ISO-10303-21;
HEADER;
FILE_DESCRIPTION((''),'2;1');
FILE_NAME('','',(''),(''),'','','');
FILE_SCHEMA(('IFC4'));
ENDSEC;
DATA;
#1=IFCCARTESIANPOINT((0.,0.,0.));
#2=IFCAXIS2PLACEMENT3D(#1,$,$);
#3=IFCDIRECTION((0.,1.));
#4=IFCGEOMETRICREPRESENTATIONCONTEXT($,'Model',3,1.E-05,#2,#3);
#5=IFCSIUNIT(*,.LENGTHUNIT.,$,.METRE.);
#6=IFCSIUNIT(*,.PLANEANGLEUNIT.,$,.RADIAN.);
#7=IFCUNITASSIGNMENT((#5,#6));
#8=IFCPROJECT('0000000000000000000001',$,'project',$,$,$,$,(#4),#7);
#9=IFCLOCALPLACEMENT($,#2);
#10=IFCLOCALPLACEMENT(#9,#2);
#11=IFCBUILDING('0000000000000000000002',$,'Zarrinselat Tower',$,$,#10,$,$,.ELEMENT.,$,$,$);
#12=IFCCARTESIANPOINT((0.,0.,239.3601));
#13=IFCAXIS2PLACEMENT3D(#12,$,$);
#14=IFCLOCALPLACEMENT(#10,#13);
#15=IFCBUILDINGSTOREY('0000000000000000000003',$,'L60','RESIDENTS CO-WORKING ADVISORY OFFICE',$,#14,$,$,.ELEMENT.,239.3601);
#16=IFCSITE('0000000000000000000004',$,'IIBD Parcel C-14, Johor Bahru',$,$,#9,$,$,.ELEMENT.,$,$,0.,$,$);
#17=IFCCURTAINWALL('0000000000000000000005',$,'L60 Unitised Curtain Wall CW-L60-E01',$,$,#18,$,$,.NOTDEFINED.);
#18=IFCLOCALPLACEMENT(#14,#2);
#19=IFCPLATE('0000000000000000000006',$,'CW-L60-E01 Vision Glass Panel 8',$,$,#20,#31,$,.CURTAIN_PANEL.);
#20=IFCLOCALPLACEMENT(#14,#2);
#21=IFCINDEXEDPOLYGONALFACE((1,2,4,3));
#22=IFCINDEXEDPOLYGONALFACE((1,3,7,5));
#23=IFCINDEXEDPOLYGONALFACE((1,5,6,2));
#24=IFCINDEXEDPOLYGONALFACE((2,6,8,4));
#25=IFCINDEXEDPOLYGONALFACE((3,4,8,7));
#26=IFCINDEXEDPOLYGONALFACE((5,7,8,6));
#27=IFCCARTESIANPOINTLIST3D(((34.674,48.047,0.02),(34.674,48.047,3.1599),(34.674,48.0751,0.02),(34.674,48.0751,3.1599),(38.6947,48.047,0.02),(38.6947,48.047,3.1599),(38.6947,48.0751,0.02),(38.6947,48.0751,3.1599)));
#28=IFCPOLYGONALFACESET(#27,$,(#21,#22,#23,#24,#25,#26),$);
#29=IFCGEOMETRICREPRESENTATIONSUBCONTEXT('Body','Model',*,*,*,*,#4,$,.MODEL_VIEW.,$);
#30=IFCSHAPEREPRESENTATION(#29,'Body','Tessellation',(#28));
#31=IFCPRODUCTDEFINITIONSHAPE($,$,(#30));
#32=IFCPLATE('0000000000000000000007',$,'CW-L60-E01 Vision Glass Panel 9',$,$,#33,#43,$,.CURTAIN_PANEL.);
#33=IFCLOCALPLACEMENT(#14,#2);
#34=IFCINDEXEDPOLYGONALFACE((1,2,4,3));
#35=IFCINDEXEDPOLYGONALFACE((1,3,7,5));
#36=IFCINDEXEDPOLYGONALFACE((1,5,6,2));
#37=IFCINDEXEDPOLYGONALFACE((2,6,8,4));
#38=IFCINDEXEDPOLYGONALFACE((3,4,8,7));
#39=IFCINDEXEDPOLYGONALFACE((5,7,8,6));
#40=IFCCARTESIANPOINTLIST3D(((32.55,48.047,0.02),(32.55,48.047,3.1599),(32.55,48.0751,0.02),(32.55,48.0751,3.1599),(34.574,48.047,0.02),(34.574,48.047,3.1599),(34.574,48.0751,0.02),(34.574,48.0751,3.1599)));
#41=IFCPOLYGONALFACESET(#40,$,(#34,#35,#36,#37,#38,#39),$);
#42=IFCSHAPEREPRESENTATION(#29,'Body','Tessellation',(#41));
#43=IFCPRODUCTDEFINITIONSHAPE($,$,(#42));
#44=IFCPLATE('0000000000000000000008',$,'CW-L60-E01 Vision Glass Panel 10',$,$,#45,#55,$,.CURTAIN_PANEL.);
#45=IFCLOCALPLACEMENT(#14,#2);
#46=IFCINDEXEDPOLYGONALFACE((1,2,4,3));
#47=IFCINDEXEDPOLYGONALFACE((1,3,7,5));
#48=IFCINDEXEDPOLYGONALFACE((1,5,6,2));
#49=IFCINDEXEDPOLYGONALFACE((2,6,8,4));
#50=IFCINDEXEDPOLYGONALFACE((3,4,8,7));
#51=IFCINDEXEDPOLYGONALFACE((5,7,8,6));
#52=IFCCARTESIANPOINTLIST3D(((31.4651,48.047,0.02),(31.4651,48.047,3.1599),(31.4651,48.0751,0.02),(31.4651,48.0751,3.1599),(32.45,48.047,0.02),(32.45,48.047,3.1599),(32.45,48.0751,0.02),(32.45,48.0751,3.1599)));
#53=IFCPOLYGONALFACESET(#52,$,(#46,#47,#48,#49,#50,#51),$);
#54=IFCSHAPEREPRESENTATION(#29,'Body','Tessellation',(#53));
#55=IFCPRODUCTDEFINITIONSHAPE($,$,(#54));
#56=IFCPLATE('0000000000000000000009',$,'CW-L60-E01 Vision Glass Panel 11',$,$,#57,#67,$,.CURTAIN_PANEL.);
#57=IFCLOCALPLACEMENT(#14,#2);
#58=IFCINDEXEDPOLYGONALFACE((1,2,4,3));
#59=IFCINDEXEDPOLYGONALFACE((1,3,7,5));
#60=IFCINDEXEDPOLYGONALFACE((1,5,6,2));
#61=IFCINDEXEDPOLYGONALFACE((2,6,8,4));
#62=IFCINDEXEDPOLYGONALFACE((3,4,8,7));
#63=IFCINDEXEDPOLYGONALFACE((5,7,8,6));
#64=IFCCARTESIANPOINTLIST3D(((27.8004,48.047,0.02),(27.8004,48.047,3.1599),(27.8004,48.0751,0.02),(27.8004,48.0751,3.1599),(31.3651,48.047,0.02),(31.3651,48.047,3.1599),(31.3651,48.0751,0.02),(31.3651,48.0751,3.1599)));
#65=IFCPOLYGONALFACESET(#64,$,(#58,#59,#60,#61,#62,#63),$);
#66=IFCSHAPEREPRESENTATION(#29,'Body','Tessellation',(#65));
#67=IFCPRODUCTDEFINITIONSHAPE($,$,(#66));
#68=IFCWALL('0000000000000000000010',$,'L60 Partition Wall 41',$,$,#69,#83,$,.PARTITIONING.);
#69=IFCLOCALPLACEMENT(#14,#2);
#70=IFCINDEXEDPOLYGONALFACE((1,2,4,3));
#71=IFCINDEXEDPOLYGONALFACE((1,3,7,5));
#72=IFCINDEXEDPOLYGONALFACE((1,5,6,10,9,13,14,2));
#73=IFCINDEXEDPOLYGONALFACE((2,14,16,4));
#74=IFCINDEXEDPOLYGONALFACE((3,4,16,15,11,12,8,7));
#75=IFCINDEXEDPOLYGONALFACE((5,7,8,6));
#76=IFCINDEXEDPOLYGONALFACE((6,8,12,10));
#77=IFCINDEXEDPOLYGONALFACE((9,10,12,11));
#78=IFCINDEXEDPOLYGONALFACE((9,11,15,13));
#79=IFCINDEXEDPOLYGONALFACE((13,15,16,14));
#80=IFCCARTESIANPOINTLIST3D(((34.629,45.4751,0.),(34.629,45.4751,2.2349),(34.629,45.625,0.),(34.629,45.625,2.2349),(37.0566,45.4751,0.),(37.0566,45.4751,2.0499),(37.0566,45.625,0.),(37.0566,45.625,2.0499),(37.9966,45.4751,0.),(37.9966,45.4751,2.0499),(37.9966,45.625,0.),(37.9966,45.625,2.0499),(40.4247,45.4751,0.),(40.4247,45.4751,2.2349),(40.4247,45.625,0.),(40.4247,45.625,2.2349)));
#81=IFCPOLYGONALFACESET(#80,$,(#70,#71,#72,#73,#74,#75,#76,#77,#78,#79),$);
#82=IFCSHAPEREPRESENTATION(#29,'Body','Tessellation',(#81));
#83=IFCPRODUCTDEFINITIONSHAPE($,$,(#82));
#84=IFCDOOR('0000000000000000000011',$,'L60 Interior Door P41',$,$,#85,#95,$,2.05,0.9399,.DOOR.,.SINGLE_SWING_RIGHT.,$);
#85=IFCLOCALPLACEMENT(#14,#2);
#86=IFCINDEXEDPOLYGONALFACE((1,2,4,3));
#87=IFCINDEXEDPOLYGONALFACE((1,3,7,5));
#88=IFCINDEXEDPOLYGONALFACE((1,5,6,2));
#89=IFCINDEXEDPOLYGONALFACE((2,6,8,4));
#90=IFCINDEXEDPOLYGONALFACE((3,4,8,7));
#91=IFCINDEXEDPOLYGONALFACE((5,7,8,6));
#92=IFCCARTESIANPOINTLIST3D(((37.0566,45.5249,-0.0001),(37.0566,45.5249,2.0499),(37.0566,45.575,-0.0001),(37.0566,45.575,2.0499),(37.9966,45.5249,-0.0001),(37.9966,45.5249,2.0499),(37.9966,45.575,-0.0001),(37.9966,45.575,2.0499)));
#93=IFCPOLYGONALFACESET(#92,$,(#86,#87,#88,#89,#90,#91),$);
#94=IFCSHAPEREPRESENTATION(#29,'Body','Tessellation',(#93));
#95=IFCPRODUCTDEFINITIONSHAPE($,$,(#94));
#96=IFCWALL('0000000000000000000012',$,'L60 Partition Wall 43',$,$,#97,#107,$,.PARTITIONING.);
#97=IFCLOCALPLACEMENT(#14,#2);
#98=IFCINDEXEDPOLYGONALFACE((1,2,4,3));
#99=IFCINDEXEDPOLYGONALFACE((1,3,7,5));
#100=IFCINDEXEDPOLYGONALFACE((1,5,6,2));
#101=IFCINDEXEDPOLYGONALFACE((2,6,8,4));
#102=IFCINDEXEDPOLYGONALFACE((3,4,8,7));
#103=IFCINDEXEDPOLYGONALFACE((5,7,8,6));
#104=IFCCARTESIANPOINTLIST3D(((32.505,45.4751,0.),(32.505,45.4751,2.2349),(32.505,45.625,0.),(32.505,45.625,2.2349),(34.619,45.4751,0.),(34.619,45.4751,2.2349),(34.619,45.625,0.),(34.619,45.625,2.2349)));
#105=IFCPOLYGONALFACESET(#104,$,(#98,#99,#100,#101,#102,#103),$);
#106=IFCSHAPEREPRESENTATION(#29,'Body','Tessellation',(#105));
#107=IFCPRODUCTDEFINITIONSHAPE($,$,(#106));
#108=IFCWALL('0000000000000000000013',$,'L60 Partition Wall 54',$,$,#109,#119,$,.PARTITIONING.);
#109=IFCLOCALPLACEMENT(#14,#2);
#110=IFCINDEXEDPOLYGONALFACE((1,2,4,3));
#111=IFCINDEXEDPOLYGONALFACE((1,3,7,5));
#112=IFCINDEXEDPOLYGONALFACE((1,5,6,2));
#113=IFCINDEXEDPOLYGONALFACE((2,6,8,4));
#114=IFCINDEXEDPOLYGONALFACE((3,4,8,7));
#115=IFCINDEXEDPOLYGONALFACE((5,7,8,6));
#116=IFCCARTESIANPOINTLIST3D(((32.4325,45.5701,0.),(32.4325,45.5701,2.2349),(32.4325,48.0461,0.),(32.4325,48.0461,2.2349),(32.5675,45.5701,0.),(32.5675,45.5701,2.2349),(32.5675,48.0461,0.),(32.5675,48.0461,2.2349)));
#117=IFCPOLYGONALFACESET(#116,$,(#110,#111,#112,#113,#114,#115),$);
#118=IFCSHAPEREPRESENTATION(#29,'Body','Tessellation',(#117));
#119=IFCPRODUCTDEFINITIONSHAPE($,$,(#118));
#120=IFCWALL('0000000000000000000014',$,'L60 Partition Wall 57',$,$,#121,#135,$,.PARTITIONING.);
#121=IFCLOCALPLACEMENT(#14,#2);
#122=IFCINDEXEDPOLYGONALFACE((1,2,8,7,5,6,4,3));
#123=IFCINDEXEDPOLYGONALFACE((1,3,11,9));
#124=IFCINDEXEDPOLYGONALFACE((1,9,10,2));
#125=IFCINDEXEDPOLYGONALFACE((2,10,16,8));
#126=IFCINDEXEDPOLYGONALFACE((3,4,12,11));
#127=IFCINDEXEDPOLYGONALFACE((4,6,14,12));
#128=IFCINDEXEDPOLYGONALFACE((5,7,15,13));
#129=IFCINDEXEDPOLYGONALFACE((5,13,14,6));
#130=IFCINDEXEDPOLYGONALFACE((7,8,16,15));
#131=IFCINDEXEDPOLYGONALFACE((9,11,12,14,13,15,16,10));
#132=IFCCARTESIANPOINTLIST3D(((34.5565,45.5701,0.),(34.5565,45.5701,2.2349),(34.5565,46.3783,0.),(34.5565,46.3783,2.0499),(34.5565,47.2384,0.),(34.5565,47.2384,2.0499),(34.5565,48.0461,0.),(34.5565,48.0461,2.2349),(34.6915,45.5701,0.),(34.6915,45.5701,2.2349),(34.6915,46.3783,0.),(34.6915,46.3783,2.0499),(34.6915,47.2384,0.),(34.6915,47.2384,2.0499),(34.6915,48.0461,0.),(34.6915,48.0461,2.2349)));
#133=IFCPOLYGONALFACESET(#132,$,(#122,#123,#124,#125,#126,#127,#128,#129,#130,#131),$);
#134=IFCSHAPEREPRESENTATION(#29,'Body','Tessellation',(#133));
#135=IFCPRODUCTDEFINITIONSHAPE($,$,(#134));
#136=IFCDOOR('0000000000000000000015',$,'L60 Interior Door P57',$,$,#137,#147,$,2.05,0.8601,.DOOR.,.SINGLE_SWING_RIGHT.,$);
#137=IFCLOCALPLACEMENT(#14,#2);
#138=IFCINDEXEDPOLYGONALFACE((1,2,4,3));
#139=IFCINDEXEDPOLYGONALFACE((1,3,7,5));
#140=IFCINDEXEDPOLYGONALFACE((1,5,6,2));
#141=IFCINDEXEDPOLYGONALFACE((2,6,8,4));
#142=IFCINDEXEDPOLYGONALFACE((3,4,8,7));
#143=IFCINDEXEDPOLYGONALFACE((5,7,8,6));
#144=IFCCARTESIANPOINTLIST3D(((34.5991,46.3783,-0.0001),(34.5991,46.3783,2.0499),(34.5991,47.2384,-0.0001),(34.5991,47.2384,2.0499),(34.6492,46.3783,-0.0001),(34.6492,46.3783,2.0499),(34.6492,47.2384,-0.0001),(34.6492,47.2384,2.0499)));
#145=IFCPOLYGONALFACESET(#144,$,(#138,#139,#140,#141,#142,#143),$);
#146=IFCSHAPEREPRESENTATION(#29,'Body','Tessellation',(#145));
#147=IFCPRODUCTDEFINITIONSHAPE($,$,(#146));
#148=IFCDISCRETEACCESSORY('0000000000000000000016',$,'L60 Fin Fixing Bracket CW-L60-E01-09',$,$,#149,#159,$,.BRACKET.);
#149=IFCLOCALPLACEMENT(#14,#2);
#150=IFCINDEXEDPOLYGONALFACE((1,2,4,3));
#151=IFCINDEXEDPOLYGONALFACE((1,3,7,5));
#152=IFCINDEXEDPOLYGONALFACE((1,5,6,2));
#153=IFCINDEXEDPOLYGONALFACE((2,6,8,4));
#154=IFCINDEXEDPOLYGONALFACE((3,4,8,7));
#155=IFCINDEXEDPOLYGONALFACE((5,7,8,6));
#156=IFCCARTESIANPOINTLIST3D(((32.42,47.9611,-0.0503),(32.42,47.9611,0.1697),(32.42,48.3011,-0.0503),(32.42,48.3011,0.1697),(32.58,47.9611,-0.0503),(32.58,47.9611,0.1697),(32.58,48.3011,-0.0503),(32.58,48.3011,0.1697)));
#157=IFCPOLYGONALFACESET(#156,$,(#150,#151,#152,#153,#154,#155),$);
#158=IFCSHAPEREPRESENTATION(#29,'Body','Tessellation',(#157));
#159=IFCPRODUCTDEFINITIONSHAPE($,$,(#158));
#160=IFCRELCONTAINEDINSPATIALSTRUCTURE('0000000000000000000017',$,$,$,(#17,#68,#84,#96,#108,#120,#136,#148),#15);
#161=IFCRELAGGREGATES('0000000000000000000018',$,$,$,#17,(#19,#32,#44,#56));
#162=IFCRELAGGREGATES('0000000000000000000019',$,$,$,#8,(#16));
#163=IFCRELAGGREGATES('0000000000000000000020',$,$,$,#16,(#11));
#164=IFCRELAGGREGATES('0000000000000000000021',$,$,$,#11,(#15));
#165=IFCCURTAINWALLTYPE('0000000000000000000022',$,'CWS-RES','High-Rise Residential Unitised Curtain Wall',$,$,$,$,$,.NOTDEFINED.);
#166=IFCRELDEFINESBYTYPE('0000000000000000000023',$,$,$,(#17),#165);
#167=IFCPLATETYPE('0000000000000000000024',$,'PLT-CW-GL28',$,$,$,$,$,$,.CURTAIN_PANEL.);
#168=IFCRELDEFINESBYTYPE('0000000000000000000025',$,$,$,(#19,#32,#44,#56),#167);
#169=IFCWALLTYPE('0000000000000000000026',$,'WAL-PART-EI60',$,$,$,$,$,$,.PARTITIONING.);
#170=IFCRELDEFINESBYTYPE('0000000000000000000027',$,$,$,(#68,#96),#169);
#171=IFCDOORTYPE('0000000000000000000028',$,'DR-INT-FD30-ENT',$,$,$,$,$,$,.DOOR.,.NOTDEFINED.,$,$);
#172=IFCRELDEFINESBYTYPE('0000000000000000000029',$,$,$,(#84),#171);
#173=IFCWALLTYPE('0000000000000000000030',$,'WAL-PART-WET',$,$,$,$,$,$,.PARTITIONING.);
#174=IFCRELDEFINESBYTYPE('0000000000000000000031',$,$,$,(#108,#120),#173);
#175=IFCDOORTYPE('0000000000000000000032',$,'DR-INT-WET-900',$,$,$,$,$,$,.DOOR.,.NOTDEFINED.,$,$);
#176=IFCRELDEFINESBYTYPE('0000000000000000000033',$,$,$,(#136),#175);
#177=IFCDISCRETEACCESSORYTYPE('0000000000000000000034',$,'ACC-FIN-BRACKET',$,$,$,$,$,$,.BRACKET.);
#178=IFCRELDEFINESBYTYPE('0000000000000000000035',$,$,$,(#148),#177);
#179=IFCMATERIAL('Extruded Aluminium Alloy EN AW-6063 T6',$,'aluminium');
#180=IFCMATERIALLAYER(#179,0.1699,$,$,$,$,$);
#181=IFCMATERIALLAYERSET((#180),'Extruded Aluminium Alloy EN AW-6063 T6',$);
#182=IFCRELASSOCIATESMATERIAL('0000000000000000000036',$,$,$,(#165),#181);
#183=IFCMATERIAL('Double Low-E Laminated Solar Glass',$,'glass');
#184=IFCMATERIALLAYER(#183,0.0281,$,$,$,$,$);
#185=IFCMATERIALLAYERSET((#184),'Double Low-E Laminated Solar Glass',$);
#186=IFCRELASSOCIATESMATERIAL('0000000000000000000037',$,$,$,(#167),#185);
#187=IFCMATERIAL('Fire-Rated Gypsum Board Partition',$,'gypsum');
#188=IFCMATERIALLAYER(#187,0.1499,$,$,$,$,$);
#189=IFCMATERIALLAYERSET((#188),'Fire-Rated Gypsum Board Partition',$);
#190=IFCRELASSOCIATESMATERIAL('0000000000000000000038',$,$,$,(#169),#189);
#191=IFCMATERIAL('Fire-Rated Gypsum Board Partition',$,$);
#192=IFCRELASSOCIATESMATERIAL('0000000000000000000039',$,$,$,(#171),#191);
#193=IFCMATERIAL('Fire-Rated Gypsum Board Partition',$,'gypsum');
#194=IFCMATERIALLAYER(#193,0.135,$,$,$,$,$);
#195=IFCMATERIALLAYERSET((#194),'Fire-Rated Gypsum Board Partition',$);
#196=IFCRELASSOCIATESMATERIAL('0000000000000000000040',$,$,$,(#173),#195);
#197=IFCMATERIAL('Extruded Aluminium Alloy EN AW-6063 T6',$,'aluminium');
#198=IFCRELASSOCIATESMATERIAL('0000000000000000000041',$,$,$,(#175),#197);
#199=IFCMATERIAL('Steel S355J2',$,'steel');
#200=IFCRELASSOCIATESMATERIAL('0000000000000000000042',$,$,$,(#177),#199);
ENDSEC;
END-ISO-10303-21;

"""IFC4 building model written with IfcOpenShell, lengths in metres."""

from ifc_helpers import new_model, si_unit, direction, frame, frame_2d, origin, origin_2d, place, context, subcontext, project, spatial, rectangle, extrude, material, layer, layer_set, type_object, element, fill, aggregate, save


model = new_model("IFC4")

# Units and contexts
model_context = context("Model", 3, precision=1e-05, world=origin(), true_north=direction((0.0, 1.0)))
body_context = subcontext(model_context, "Body", "Model", "MODEL_VIEW")
ifc_project = project(units=[si_unit("LENGTHUNIT", "METRE"), si_unit("PLANEANGLEUNIT", "RADIAN")], contexts=[model_context])

# Site, building, storey
site_placement = place(None, origin())
site = spatial("IfcSite", under=ifc_project, at=site_placement, Name="IIBD Parcel C-14, Johor Bahru", CompositionType="ELEMENT", RefElevation=0.0)
building_placement = place(site_placement, origin())
building = spatial("IfcBuilding", under=site, at=building_placement, Name="Zarrinselat Tower", CompositionType="ELEMENT")
storey_placement = place(building_placement, frame((0.0, 0.0, 239.3601)))
storey = spatial("IfcBuildingStorey", under=building, at=storey_placement, Name="L60", Description="RESIDENTS CO-WORKING ADVISORY OFFICE", CompositionType="ELEMENT", Elevation=239.3601)

# Curtain wall, plates
ifc_material_1 = material(Name="Extruded Aluminium Alloy EN AW-6063 T6", Category="aluminium")
ifc_layer_1 = layer(ifc_material_1, 0.1699)
ifc_layer_set_1 = layer_set([ifc_layer_1], Name="Extruded Aluminium Alloy EN AW-6063 T6")
curtain_wall_type = type_object("IfcCurtainWallType", Name="CWS-RES", Description="High-Rise Residential Unitised Curtain Wall", PredefinedType="NOTDEFINED", material=ifc_layer_set_1)
curtain_wall_placement = place(storey_placement, origin())
curtain_wall = element("IfcCurtainWall", 1, at=curtain_wall_placement, inside=storey, type_object=curtain_wall_type, Name="L60 Unitised Curtain Wall CW-L60-E01", PredefinedType="NOTDEFINED")
ifc_material_2 = material(Name="Double Low-E Laminated Solar Glass", Category="glass")
ifc_layer_2 = layer(ifc_material_2, 0.0281)
ifc_layer_set_2 = layer_set([ifc_layer_2], Name="Double Low-E Laminated Solar Glass")
plate_type = type_object("IfcPlateType", Name="PLT-CW-GL28", PredefinedType="CURTAIN_PANEL", material=ifc_layer_set_2)
plate_1_placement = place(storey_placement, frame((36.6843, 48.061, 0.02), z_axis=(0.0, 0.0, 1.0), x_axis=(-1.0, 0.0, 0.0)))
plate_1 = element("IfcPlate", 2, at=plate_1_placement, type_object=plate_type, Name="CW-L60-E01 Vision Glass Panel 8", PredefinedType="CURTAIN_PANEL", context=body_context, shape_type="SweptSolid", body=[
    extrude(rectangle(XDim=4.0208, YDim=0.0281, at=origin_2d()), origin(), (0.0, 0.0, 1.0), 3.1399),
])
plate_2_placement = place(storey_placement, frame((33.562, 48.061, 0.02), z_axis=(0.0, 0.0, 1.0), x_axis=(-1.0, 0.0, 0.0)))
plate_2 = element("IfcPlate", 3, at=plate_2_placement, type_object=plate_type, Name="CW-L60-E01 Vision Glass Panel 9", PredefinedType="CURTAIN_PANEL", context=body_context, shape_type="SweptSolid", body=[
    extrude(rectangle(XDim=2.0239, YDim=0.0281, at=origin_2d()), origin(), (0.0, 0.0, 1.0), 3.1399),
])
plate_3_placement = place(storey_placement, frame((31.9575, 48.061, 0.02), z_axis=(0.0, 0.0, 1.0), x_axis=(-1.0, 0.0, 0.0)))
plate_3 = element("IfcPlate", 4, at=plate_3_placement, type_object=plate_type, Name="CW-L60-E01 Vision Glass Panel 10", PredefinedType="CURTAIN_PANEL", context=body_context, shape_type="SweptSolid", body=[
    extrude(rectangle(XDim=0.9849, YDim=0.0281, at=origin_2d()), origin(), (0.0, 0.0, 1.0), 3.1399),
])
plate_4_placement = place(storey_placement, frame((29.5828, 48.061, 0.02), z_axis=(0.0, 0.0, 1.0), x_axis=(-1.0, 0.0, 0.0)))
plate_4 = element("IfcPlate", 5, at=plate_4_placement, type_object=plate_type, Name="CW-L60-E01 Vision Glass Panel 11", PredefinedType="CURTAIN_PANEL", context=body_context, shape_type="SweptSolid", body=[
    extrude(rectangle(XDim=3.5647, YDim=0.0281, at=origin_2d()), origin(), (0.0, 0.0, 1.0), 3.1399),
])
aggregate(curtain_wall, [plate_1, plate_2, plate_3, plate_4])

# Wall, opening, door
ifc_material_3 = material(Name="Fire-Rated Gypsum Board Partition", Category="gypsum")
ifc_layer_3 = layer(ifc_material_3, 0.1499)
ifc_layer_set_3 = layer_set([ifc_layer_3], Name="Fire-Rated Gypsum Board Partition")
wall_type_1 = type_object("IfcWallType", Name="WAL-PART-EI60", PredefinedType="PARTITIONING", material=ifc_layer_set_3)
wall_1_placement = place(storey_placement, frame((34.6289, 45.55, 0.0), z_axis=(0.0, 0.0, 1.0), x_axis=(1.0, 0.0, 0.0)))
wall_1 = element("IfcWall", 6, at=wall_1_placement, inside=storey, type_object=wall_type_1, Name="L60 Partition Wall 41", PredefinedType="PARTITIONING", context=body_context, shape_type="SweptSolid", body=[
    extrude(rectangle(XDim=5.7957, YDim=0.1499, at=frame_2d((2.8979, 0.0))), origin(), (0.0, 0.0, 1.0), 2.2349),
])
opening_1_placement = place(wall_1_placement, frame((2.4277, 0.0, 0.0)))
opening_1 = element("IfcOpeningElement", 7, at=opening_1_placement, cuts=wall_1, PredefinedType="OPENING", context=body_context, shape_type="SweptSolid", body=[
    extrude(rectangle(XDim=0.9399, YDim=2.05, at=frame_2d((0.47, 1.0249))), frame((0.0, 0.085, 0.0), z_axis=(0.0, -1.0, 0.0), x_axis=(1.0, 0.0, 0.0)), (0.0, 0.0, 1.0), 0.1699),
])
ifc_material_4 = material(Name="Fire-Rated Gypsum Board Partition")
door_type_1 = type_object("IfcDoorType", Name="DR-INT-FD30-ENT", OperationType="NOTDEFINED", PredefinedType="DOOR", material=ifc_material_4)
door_1_placement = place(opening_1_placement, origin())
door_1 = element("IfcDoor", 8, at=door_1_placement, inside=storey, type_object=door_type_1, Name="L60 Interior Door P41", OperationType="SINGLE_SWING_RIGHT", OverallHeight=2.05, OverallWidth=0.9399, PredefinedType="DOOR", context=body_context, shape_type="SweptSolid", body=[
    extrude(rectangle(XDim=0.9399, YDim=2.05, at=frame_2d((0.47, 1.0249))), frame((0.0, 0.0249, 0.0), z_axis=(0.0, -1.0, 0.0), x_axis=(1.0, 0.0, 0.0)), (0.0, 0.0, 1.0), 0.05),
])
fill(opening_1, door_1)

# Walls
wall_2_placement = place(storey_placement, frame((32.5049, 45.55, 0.0), z_axis=(0.0, 0.0, 1.0), x_axis=(1.0, 0.0, 0.0)))
element("IfcWall", 9, at=wall_2_placement, inside=storey, type_object=wall_type_1, Name="L60 Partition Wall 43", PredefinedType="PARTITIONING", context=body_context, shape_type="SweptSolid", body=[
    extrude(rectangle(XDim=2.114, YDim=0.1499, at=frame_2d((1.0571, 0.0))), origin(), (0.0, 0.0, 1.0), 2.2349),
])
ifc_material_5 = material(Name="Fire-Rated Gypsum Board Partition", Category="gypsum")
ifc_layer_4 = layer(ifc_material_5, 0.135)
ifc_layer_set_4 = layer_set([ifc_layer_4], Name="Fire-Rated Gypsum Board Partition")
wall_type_2 = type_object("IfcWallType", Name="WAL-PART-WET", PredefinedType="PARTITIONING", material=ifc_layer_set_4)
wall_3_placement = place(storey_placement, frame((32.5, 45.5701, 0.0), z_axis=(0.0, 0.0, 1.0), x_axis=(0.0, 1.0, 0.0)))
element("IfcWall", 10, at=wall_3_placement, inside=storey, type_object=wall_type_2, Name="L60 Partition Wall 54", PredefinedType="PARTITIONING", context=body_context, shape_type="SweptSolid", body=[
    extrude(rectangle(XDim=2.4761, YDim=0.135, at=frame_2d((1.238, 0.0))), origin(), (0.0, 0.0, 1.0), 2.2349),
])

# Wall, opening, door
wall_4_placement = place(storey_placement, frame((34.624, 45.5701, 0.0), z_axis=(0.0, 0.0, 1.0), x_axis=(0.0, 1.0, 0.0)))
wall_4 = element("IfcWall", 11, at=wall_4_placement, inside=storey, type_object=wall_type_2, Name="L60 Partition Wall 57", PredefinedType="PARTITIONING", context=body_context, shape_type="SweptSolid", body=[
    extrude(rectangle(XDim=2.4761, YDim=0.135, at=frame_2d((1.238, 0.0))), origin(), (0.0, 0.0, 1.0), 2.2349),
])
opening_2_placement = place(wall_4_placement, frame((0.8081, 0.0, 0.0)))
opening_2 = element("IfcOpeningElement", 12, at=opening_2_placement, cuts=wall_4, PredefinedType="OPENING", context=body_context, shape_type="SweptSolid", body=[
    extrude(rectangle(XDim=0.8601, YDim=2.05, at=frame_2d((0.4302, 1.0249))), frame((0.0, 0.0774, 0.0), z_axis=(0.0, -1.0, 0.0), x_axis=(1.0, 0.0, 0.0)), (0.0, 0.0, 1.0), 0.155),
])
ifc_material_6 = material(Name="Extruded Aluminium Alloy EN AW-6063 T6", Category="aluminium")
door_type_2 = type_object("IfcDoorType", Name="DR-INT-WET-900", OperationType="NOTDEFINED", PredefinedType="DOOR", material=ifc_material_6)
door_2_placement = place(opening_2_placement, origin())
door_2 = element("IfcDoor", 13, at=door_2_placement, inside=storey, type_object=door_type_2, Name="L60 Interior Door P57", OperationType="SINGLE_SWING_RIGHT", OverallHeight=2.05, OverallWidth=0.8601, PredefinedType="DOOR", context=body_context, shape_type="SweptSolid", body=[
    extrude(rectangle(XDim=0.8601, YDim=2.05, at=frame_2d((0.4302, 1.0249))), frame((0.0, 0.0249, 0.0), z_axis=(0.0, -1.0, 0.0), x_axis=(1.0, 0.0, 0.0)), (0.0, 0.0, 1.0), 0.05),
])
fill(opening_2, door_2)

# Discrete accessory
ifc_material_7 = material(Name="Steel S355J2", Category="steel")
discrete_accessory_type = type_object("IfcDiscreteAccessoryType", Name="ACC-FIN-BRACKET", PredefinedType="BRACKET", material=ifc_material_7)
discrete_accessory_placement = place(storey_placement, frame((32.5, 48.1311, -0.0503), z_axis=(0.0, 0.0, 1.0), x_axis=(0.0, 1.0, 0.0)))
element("IfcDiscreteAccessory", 14, at=discrete_accessory_placement, inside=storey, type_object=discrete_accessory_type, Name="L60 Fin Fixing Bracket CW-L60-E01-09", PredefinedType="BRACKET", context=body_context, shape_type="SweptSolid", body=[
    extrude(rectangle(XDim=0.3401, YDim=0.1599, at=origin_2d()), origin(), (0.0, 0.0, 1.0), 0.22),
])

save(model, "model.ifc")
